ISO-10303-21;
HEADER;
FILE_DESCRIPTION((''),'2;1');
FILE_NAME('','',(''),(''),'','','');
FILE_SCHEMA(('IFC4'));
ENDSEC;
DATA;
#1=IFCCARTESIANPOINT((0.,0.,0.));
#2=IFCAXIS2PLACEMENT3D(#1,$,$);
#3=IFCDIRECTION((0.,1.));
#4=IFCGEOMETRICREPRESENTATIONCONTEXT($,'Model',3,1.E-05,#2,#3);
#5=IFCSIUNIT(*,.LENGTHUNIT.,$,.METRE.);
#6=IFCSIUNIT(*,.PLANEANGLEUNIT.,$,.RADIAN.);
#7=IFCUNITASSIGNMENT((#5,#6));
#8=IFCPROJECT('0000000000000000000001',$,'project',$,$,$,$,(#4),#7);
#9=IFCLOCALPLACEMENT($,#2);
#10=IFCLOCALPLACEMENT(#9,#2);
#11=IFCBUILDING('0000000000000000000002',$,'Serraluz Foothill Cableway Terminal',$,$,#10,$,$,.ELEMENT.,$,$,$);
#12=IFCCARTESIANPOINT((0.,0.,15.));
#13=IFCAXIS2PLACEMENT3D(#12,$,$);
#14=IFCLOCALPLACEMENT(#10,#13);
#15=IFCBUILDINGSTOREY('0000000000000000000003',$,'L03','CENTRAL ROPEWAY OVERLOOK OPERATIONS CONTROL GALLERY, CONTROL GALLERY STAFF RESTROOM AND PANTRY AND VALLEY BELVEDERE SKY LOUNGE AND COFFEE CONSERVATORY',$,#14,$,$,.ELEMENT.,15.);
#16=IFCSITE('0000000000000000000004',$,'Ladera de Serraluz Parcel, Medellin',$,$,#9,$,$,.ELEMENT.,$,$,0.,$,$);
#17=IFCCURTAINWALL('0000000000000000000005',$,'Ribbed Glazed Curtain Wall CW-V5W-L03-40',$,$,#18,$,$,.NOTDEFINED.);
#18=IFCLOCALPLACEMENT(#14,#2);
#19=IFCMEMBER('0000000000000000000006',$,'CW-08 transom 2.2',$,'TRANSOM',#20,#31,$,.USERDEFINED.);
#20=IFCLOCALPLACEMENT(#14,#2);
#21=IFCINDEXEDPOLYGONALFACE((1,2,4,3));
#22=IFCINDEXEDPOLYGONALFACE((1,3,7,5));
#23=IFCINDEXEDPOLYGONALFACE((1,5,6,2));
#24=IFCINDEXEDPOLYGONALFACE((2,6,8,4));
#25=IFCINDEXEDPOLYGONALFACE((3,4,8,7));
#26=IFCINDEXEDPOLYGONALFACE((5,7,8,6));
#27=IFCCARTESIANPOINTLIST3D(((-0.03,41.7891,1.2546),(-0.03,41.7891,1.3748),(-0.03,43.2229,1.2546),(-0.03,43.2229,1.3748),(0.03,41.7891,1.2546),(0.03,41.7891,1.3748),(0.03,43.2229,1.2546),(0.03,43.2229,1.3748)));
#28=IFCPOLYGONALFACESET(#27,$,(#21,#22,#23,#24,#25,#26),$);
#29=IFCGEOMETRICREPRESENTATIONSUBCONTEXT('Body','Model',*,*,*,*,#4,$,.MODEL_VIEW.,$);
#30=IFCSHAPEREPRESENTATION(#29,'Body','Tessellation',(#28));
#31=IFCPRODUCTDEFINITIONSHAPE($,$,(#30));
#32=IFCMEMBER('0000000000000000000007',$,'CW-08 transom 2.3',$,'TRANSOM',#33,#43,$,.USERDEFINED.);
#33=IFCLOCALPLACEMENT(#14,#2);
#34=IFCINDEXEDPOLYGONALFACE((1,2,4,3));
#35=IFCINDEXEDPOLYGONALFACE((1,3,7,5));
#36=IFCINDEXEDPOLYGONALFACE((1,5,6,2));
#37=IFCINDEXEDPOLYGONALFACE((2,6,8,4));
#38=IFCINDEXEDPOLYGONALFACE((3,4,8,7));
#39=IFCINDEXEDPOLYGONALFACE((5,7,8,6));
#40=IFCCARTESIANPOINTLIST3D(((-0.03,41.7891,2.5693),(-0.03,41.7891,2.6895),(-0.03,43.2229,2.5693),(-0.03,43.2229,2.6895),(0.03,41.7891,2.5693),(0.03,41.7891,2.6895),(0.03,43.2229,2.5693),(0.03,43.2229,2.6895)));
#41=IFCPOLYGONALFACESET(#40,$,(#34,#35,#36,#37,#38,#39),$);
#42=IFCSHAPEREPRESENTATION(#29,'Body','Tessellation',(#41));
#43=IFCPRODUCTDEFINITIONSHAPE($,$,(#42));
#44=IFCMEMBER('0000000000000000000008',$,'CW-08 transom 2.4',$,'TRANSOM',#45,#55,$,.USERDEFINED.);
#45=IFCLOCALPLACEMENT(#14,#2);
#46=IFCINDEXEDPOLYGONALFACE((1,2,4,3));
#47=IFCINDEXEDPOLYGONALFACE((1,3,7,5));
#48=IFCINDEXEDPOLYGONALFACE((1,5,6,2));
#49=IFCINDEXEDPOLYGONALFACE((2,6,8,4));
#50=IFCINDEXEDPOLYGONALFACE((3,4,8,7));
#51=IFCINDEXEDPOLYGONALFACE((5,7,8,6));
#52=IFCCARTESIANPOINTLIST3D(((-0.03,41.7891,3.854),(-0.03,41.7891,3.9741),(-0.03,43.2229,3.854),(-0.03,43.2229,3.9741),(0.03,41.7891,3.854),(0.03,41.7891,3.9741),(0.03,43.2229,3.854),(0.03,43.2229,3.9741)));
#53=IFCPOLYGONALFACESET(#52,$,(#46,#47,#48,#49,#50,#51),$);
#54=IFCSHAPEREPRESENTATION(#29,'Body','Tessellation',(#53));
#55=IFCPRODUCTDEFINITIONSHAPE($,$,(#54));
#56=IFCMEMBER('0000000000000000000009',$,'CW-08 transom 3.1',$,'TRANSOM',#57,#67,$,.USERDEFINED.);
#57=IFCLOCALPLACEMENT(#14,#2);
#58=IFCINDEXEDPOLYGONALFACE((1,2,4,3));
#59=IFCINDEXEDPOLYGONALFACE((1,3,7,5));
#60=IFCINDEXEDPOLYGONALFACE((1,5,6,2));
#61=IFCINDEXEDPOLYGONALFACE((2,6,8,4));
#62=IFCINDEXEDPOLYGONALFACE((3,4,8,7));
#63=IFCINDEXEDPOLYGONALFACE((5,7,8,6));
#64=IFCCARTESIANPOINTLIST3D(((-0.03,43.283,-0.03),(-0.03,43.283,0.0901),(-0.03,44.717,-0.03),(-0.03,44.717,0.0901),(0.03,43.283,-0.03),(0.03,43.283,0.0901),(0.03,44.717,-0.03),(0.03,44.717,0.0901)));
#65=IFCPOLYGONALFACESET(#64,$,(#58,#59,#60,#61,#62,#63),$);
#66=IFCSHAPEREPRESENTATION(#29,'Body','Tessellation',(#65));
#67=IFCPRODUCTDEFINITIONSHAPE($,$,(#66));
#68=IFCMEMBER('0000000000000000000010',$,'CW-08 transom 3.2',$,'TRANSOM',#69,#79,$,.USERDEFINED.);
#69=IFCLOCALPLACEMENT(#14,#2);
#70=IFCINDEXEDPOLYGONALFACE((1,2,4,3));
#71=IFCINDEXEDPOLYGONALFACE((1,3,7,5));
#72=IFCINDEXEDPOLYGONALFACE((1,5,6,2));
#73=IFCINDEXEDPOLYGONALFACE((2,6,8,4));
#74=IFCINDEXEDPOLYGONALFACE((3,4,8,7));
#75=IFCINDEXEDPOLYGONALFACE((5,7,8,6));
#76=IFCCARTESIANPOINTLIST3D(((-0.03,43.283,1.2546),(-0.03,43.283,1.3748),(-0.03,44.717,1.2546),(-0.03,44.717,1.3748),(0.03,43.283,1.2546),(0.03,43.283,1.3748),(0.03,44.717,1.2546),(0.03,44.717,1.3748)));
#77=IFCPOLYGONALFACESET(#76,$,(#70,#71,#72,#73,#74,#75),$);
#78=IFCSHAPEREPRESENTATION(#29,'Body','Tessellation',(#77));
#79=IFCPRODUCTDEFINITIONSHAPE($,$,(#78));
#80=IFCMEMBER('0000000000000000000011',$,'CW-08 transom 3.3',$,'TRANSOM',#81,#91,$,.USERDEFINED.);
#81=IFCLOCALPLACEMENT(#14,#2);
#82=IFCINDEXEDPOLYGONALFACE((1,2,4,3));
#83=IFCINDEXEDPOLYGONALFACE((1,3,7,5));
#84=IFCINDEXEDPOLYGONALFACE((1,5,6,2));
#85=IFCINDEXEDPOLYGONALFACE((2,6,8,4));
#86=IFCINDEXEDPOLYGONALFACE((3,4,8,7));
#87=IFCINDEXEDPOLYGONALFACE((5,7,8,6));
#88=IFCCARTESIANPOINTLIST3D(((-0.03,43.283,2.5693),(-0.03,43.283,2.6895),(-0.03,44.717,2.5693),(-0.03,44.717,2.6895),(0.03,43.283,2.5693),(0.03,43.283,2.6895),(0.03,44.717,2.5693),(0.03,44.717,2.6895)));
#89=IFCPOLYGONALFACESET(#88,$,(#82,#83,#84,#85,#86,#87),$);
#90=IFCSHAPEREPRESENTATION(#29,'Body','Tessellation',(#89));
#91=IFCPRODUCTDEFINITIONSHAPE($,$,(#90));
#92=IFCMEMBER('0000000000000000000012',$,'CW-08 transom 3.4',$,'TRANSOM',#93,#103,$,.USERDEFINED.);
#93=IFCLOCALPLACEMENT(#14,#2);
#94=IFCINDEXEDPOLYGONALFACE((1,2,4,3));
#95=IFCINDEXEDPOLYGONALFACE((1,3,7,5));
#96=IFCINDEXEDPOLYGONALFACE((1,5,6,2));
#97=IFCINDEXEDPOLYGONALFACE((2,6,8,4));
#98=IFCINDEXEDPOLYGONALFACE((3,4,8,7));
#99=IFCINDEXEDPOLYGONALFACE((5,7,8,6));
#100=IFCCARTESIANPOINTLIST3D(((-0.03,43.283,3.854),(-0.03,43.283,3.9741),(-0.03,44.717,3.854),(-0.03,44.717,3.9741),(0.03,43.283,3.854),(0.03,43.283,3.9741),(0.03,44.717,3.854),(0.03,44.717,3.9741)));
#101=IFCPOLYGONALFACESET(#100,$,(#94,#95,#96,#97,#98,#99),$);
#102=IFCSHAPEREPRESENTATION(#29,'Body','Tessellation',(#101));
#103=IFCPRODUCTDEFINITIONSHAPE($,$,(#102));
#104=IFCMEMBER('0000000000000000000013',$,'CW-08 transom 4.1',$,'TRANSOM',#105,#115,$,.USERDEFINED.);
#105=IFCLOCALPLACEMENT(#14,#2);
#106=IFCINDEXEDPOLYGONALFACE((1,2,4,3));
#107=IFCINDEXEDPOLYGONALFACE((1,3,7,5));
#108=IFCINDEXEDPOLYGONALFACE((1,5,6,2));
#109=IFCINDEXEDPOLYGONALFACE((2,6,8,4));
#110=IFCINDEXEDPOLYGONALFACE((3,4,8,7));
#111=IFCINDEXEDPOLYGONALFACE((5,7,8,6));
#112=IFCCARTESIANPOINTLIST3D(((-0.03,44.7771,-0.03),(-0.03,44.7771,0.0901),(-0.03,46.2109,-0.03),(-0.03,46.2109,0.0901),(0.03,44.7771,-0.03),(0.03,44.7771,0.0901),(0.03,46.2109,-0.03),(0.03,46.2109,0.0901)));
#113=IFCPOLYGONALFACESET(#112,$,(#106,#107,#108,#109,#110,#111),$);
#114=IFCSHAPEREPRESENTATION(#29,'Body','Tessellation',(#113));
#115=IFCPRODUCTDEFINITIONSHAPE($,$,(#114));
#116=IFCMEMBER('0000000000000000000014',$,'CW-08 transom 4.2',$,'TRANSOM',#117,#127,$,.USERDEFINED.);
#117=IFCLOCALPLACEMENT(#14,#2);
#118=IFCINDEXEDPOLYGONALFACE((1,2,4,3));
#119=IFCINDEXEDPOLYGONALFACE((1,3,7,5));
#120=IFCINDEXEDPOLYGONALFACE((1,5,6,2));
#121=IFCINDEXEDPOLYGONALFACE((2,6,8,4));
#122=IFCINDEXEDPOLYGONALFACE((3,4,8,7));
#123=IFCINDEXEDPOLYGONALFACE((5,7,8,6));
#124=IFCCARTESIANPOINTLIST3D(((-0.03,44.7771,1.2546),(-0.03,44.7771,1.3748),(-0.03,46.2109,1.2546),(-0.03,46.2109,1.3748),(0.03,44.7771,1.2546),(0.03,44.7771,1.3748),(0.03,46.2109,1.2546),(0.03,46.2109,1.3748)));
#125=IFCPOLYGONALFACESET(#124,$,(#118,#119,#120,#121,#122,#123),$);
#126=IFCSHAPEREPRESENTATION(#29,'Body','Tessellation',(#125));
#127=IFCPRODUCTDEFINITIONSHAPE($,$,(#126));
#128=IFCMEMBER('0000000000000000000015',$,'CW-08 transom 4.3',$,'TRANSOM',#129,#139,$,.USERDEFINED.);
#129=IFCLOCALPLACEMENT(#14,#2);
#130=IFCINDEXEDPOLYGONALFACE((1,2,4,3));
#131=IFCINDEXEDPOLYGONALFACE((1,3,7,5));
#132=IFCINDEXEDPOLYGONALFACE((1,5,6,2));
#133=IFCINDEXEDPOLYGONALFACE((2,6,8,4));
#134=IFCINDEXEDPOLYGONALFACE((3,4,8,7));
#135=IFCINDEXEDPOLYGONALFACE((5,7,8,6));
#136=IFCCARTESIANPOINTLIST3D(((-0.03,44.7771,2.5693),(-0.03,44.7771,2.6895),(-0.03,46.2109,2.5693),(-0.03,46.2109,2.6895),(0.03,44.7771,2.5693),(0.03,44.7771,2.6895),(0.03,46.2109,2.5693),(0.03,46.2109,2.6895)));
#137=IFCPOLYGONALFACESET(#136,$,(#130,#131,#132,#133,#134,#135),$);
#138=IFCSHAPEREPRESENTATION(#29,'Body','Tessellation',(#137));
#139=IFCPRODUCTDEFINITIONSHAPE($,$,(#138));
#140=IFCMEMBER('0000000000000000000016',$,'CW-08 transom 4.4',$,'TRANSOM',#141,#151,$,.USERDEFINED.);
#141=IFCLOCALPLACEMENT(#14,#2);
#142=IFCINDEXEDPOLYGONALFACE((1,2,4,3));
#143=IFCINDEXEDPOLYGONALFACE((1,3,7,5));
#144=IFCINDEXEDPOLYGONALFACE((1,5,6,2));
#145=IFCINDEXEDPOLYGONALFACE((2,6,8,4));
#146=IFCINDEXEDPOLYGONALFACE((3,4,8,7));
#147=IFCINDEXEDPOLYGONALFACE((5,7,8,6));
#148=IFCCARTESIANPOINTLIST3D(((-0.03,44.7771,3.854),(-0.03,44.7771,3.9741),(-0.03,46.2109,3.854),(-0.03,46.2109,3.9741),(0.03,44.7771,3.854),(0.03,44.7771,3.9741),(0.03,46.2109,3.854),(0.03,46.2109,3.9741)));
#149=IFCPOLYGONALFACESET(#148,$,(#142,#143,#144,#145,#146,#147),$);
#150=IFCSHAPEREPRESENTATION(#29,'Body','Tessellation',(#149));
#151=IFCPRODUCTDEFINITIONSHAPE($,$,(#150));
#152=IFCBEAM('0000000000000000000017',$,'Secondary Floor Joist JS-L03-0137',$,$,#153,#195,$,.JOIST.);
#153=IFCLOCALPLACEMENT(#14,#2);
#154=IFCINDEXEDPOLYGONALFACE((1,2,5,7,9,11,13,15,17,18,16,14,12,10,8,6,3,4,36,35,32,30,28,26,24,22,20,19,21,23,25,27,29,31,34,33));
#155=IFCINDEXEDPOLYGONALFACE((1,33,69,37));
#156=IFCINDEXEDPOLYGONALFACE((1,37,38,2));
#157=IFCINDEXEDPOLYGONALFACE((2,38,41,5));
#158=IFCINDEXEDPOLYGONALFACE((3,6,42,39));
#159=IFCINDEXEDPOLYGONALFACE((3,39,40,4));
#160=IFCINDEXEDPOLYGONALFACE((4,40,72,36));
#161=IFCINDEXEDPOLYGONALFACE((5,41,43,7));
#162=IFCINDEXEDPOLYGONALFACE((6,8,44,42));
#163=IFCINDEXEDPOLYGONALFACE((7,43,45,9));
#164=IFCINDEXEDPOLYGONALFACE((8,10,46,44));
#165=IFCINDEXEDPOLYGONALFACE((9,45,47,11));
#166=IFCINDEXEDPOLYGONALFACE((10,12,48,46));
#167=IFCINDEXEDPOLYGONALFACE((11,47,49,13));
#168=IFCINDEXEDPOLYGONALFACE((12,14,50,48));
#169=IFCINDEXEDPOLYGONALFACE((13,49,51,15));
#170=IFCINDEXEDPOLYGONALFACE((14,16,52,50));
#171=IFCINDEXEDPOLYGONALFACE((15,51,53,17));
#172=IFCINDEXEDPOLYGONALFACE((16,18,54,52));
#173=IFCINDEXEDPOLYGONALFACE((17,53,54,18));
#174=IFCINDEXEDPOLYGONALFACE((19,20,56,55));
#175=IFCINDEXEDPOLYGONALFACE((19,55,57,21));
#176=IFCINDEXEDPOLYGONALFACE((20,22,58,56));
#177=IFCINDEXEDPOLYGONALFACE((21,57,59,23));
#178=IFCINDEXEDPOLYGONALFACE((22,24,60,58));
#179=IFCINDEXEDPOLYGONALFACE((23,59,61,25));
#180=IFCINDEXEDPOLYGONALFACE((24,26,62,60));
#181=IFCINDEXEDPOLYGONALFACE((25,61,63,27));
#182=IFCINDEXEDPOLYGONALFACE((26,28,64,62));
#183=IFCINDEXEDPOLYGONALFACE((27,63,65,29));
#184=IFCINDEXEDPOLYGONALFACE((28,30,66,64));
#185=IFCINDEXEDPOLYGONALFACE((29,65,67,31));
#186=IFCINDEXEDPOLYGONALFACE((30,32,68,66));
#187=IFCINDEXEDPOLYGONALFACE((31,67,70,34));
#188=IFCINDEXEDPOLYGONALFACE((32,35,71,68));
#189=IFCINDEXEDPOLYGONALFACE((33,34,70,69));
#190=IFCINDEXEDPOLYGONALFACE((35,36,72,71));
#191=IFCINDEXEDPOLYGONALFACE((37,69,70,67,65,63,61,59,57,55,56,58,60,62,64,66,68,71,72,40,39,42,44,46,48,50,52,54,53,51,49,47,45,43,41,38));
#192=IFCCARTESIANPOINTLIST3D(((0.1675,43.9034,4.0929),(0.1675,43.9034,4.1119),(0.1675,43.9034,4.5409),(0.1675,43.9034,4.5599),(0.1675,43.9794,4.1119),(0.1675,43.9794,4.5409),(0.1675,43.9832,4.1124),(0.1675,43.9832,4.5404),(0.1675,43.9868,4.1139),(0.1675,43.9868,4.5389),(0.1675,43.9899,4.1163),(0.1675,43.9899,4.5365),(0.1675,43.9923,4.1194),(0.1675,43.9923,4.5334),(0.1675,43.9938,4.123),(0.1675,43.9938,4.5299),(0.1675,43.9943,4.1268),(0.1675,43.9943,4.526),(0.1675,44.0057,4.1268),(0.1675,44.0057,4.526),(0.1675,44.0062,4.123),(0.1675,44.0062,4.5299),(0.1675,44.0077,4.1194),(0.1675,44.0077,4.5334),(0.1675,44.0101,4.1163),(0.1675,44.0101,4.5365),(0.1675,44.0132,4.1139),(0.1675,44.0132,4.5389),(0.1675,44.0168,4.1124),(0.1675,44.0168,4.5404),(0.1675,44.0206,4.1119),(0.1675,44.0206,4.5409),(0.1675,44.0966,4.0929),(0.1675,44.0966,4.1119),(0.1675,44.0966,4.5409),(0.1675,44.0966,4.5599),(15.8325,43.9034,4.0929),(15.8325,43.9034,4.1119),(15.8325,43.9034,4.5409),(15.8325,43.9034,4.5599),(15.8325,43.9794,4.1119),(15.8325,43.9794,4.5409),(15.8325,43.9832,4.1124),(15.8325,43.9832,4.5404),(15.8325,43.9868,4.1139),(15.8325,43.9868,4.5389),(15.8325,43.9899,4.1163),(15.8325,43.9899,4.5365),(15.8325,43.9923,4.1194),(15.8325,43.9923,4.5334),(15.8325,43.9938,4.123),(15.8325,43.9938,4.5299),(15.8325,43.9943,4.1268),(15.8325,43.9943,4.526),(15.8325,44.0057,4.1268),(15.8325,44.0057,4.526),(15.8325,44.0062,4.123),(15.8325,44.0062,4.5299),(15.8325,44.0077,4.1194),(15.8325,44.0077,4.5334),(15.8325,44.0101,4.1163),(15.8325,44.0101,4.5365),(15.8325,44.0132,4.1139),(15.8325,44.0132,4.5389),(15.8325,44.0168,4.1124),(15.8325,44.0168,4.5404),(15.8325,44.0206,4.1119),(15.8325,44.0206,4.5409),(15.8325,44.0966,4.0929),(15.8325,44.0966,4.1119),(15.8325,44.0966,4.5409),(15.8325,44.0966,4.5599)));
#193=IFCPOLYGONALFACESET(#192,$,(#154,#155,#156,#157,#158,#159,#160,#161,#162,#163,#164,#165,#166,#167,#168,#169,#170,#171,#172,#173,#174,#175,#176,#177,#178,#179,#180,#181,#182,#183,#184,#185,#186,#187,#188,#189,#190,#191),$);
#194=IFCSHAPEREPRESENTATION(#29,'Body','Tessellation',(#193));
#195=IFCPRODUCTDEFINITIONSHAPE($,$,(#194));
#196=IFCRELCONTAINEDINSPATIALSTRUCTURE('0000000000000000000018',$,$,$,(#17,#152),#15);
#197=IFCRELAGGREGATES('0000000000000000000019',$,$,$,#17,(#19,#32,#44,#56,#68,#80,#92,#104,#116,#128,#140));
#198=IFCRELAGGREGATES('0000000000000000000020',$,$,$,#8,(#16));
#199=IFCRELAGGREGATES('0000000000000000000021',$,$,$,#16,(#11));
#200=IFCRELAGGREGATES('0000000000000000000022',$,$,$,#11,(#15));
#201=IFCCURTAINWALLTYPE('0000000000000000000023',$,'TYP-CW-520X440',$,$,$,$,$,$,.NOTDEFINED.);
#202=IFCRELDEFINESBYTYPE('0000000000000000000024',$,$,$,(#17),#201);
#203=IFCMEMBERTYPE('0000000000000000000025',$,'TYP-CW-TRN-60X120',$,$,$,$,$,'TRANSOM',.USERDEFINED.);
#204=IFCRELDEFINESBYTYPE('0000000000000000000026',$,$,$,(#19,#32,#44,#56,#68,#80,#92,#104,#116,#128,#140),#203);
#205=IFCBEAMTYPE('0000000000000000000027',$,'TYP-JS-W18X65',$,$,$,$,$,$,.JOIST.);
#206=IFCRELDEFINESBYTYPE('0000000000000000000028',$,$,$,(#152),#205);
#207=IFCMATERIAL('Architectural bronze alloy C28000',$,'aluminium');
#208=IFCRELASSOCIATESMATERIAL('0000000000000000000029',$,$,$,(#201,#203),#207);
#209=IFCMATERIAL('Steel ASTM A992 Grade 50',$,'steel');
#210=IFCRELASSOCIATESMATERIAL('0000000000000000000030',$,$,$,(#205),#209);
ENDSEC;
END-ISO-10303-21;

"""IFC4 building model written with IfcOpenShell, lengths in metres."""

from ifc_helpers import new_model, si_unit, direction, frame, origin, origin_2d, place, context, subcontext, project, spatial, rectangle, i_section, extrude, material, material_profile, profile_set, type_object, element, aggregate, save


model = new_model("IFC4")

# Units and contexts
model_context = context("Model", 3, precision=1e-05, world=origin(), true_north=direction((0.0, 1.0)))
body_context = subcontext(model_context, "Body", "Model", "MODEL_VIEW")
ifc_project = project(units=[si_unit("LENGTHUNIT", "METRE"), si_unit("PLANEANGLEUNIT", "RADIAN")], contexts=[model_context])

# Site, building, storey
site_placement = place(None, origin())
site = spatial("IfcSite", under=ifc_project, at=site_placement, Name="Ladera de Serraluz Parcel, Medellin", CompositionType="ELEMENT", RefElevation=0.0)
building_placement = place(site_placement, origin())
building = spatial("IfcBuilding", under=site, at=building_placement, Name="Serraluz Foothill Cableway Terminal", CompositionType="ELEMENT")
storey_placement = place(building_placement, frame((0.0, 0.0, 15.0)))
storey = spatial("IfcBuildingStorey", under=building, at=storey_placement, Name="L03", Description="CENTRAL ROPEWAY OVERLOOK OPERATIONS CONTROL GALLERY, CONTROL GALLERY STAFF RESTROOM AND PANTRY AND VALLEY BELVEDERE SKY LOUNGE AND COFFEE CONSERVATORY", CompositionType="ELEMENT", Elevation=15.0)

# Shared definitions
ifc_material_1 = material(Name="Steel ASTM A992 Grade 50", Category="steel")

# Curtain wall, members
ifc_material_2 = material(Name="Architectural bronze alloy C28000", Category="aluminium")
curtain_wall_type = type_object("IfcCurtainWallType", Name="TYP-CW-520X440", PredefinedType="NOTDEFINED", material=ifc_material_2)
curtain_wall_placement = place(storey_placement, origin())
curtain_wall = element("IfcCurtainWall", 1, at=curtain_wall_placement, inside=storey, type_object=curtain_wall_type, Name="Ribbed Glazed Curtain Wall CW-V5W-L03-40", PredefinedType="NOTDEFINED")
ifc_material_profile_1 = material_profile(ifc_material_2, rectangle(XDim=0.0601, YDim=0.1201, at=origin_2d()), Name="ALU TRANSOM 60x120")
ifc_profile_set_1 = profile_set([ifc_material_profile_1], Name="Architectural bronze alloy C28000")
member_type_1 = type_object("IfcMemberType", Name="TYP-CW-TRN-60X120", ElementType="TRANSOM", PredefinedType="USERDEFINED", material=ifc_profile_set_1)
member_1_placement = place(storey_placement, frame((0.0, 41.7891, 1.3147), z_axis=(0.0, 1.0, 0.0), x_axis=(-1.0, 0.0, 0.0)))
member_1 = element("IfcMember", 2, at=member_1_placement, type_object=member_type_1, Name="CW-08 transom 2.2", ObjectType="TRANSOM", PredefinedType="USERDEFINED", context=body_context, shape_type="SweptSolid", body=[
    extrude(rectangle(XDim=0.0601, YDim=0.1201, at=origin_2d()), origin(), (0.0, 0.0, 1.0), 1.4338),
])
member_2_placement = place(storey_placement, frame((0.0, 41.7891, 2.6294), z_axis=(0.0, 1.0, 0.0), x_axis=(-1.0, 0.0, 0.0)))
member_2 = element("IfcMember", 3, at=member_2_placement, type_object=member_type_1, Name="CW-08 transom 2.3", ObjectType="TRANSOM", PredefinedType="USERDEFINED", context=body_context, shape_type="SweptSolid", body=[
    extrude(rectangle(XDim=0.0601, YDim=0.1201, at=origin_2d()), origin(), (0.0, 0.0, 1.0), 1.4338),
])
member_3_placement = place(storey_placement, frame((0.0, 41.7891, 3.9141), z_axis=(0.0, 1.0, 0.0), x_axis=(-1.0, 0.0, 0.0)))
member_3 = element("IfcMember", 4, at=member_3_placement, type_object=member_type_1, Name="CW-08 transom 2.4", ObjectType="TRANSOM", PredefinedType="USERDEFINED", context=body_context, shape_type="SweptSolid", body=[
    extrude(rectangle(XDim=0.0601, YDim=0.1201, at=origin_2d()), origin(), (0.0, 0.0, 1.0), 1.4338),
])
member_4_placement = place(storey_placement, frame((0.0, 43.283, 0.03), z_axis=(0.0, 1.0, 0.0), x_axis=(-1.0, 0.0, 0.0)))
member_4 = element("IfcMember", 5, at=member_4_placement, type_object=member_type_1, Name="CW-08 transom 3.1", ObjectType="TRANSOM", PredefinedType="USERDEFINED", context=body_context, shape_type="SweptSolid", body=[
    extrude(rectangle(XDim=0.0601, YDim=0.1201, at=origin_2d()), origin(), (0.0, 0.0, 1.0), 1.4341),
])
member_5_placement = place(storey_placement, frame((0.0, 43.283, 1.3147), z_axis=(0.0, 1.0, 0.0), x_axis=(-1.0, 0.0, 0.0)))
member_5 = element("IfcMember", 6, at=member_5_placement, type_object=member_type_1, Name="CW-08 transom 3.2", ObjectType="TRANSOM", PredefinedType="USERDEFINED", context=body_context, shape_type="SweptSolid", body=[
    extrude(rectangle(XDim=0.0601, YDim=0.1201, at=origin_2d()), origin(), (0.0, 0.0, 1.0), 1.4341),
])
member_6_placement = place(storey_placement, frame((0.0, 43.283, 2.6294), z_axis=(0.0, 1.0, 0.0), x_axis=(-1.0, 0.0, 0.0)))
member_6 = element("IfcMember", 7, at=member_6_placement, type_object=member_type_1, Name="CW-08 transom 3.3", ObjectType="TRANSOM", PredefinedType="USERDEFINED", context=body_context, shape_type="SweptSolid", body=[
    extrude(rectangle(XDim=0.0601, YDim=0.1201, at=origin_2d()), origin(), (0.0, 0.0, 1.0), 1.4341),
])
member_7_placement = place(storey_placement, frame((0.0, 43.283, 3.9141), z_axis=(0.0, 1.0, 0.0), x_axis=(-1.0, 0.0, 0.0)))
member_7 = element("IfcMember", 8, at=member_7_placement, type_object=member_type_1, Name="CW-08 transom 3.4", ObjectType="TRANSOM", PredefinedType="USERDEFINED", context=body_context, shape_type="SweptSolid", body=[
    extrude(rectangle(XDim=0.0601, YDim=0.1201, at=origin_2d()), origin(), (0.0, 0.0, 1.0), 1.4341),
])
member_8_placement = place(storey_placement, frame((0.0, 44.7771, 0.03), z_axis=(0.0, 1.0, 0.0), x_axis=(-1.0, 0.0, 0.0)))
member_8 = element("IfcMember", 9, at=member_8_placement, type_object=member_type_1, Name="CW-08 transom 4.1", ObjectType="TRANSOM", PredefinedType="USERDEFINED", context=body_context, shape_type="SweptSolid", body=[
    extrude(rectangle(XDim=0.0601, YDim=0.1201, at=origin_2d()), origin(), (0.0, 0.0, 1.0), 1.4338),
])
member_9_placement = place(storey_placement, frame((0.0, 44.7771, 1.3147), z_axis=(0.0, 1.0, 0.0), x_axis=(-1.0, 0.0, 0.0)))
member_9 = element("IfcMember", 10, at=member_9_placement, type_object=member_type_1, Name="CW-08 transom 4.2", ObjectType="TRANSOM", PredefinedType="USERDEFINED", context=body_context, shape_type="SweptSolid", body=[
    extrude(rectangle(XDim=0.0601, YDim=0.1201, at=origin_2d()), origin(), (0.0, 0.0, 1.0), 1.4338),
])
member_10_placement = place(storey_placement, frame((0.0, 44.7771, 2.6294), z_axis=(0.0, 1.0, 0.0), x_axis=(-1.0, 0.0, 0.0)))
member_10 = element("IfcMember", 11, at=member_10_placement, type_object=member_type_1, Name="CW-08 transom 4.3", ObjectType="TRANSOM", PredefinedType="USERDEFINED", context=body_context, shape_type="SweptSolid", body=[
    extrude(rectangle(XDim=0.0601, YDim=0.1201, at=origin_2d()), origin(), (0.0, 0.0, 1.0), 1.4338),
])
member_11_placement = place(storey_placement, frame((0.0, 44.7771, 3.9141), z_axis=(0.0, 1.0, 0.0), x_axis=(-1.0, 0.0, 0.0)))
member_11 = element("IfcMember", 12, at=member_11_placement, type_object=member_type_1, Name="CW-08 transom 4.4", ObjectType="TRANSOM", PredefinedType="USERDEFINED", context=body_context, shape_type="SweptSolid", body=[
    extrude(rectangle(XDim=0.0601, YDim=0.1201, at=origin_2d()), origin(), (0.0, 0.0, 1.0), 1.4338),
])

# Beam
ifc_material_profile_2 = material_profile(ifc_material_1, i_section(OverallWidth=0.1931, OverallDepth=0.467, WebThickness=0.0115, FlangeThickness=0.019, FilletRadius=0.0149, at=origin_2d()), Name="W18X65")
ifc_profile_set_2 = profile_set([ifc_material_profile_2], Name="Steel ASTM A992 Grade 50")
beam_type_1 = type_object("IfcBeamType", Name="TYP-JS-W18X65", PredefinedType="JOIST", material=ifc_profile_set_2)
beam_1_placement = place(storey_placement, frame((0.1675, 44.0, 4.3264), z_axis=(1.0, 0.0, 0.0), x_axis=(0.0, 1.0, 0.0)))
element("IfcBeam", 13, at=beam_1_placement, inside=storey, type_object=beam_type_1, Name="Secondary Floor Joist JS-L03-0137", PredefinedType="JOIST", context=body_context, shape_type="SweptSolid", body=[
    extrude(i_section(OverallWidth=0.1931, OverallDepth=0.467, WebThickness=0.0115, FlangeThickness=0.019, FilletRadius=0.0149, at=origin_2d()), origin(), (0.0, 0.0, 1.0), 15.665),
])

aggregate(curtain_wall, [member_1, member_2, member_3, member_4, member_5, member_6, member_7, member_8, member_9, member_10, member_11])

save(model, "model.ifc")
